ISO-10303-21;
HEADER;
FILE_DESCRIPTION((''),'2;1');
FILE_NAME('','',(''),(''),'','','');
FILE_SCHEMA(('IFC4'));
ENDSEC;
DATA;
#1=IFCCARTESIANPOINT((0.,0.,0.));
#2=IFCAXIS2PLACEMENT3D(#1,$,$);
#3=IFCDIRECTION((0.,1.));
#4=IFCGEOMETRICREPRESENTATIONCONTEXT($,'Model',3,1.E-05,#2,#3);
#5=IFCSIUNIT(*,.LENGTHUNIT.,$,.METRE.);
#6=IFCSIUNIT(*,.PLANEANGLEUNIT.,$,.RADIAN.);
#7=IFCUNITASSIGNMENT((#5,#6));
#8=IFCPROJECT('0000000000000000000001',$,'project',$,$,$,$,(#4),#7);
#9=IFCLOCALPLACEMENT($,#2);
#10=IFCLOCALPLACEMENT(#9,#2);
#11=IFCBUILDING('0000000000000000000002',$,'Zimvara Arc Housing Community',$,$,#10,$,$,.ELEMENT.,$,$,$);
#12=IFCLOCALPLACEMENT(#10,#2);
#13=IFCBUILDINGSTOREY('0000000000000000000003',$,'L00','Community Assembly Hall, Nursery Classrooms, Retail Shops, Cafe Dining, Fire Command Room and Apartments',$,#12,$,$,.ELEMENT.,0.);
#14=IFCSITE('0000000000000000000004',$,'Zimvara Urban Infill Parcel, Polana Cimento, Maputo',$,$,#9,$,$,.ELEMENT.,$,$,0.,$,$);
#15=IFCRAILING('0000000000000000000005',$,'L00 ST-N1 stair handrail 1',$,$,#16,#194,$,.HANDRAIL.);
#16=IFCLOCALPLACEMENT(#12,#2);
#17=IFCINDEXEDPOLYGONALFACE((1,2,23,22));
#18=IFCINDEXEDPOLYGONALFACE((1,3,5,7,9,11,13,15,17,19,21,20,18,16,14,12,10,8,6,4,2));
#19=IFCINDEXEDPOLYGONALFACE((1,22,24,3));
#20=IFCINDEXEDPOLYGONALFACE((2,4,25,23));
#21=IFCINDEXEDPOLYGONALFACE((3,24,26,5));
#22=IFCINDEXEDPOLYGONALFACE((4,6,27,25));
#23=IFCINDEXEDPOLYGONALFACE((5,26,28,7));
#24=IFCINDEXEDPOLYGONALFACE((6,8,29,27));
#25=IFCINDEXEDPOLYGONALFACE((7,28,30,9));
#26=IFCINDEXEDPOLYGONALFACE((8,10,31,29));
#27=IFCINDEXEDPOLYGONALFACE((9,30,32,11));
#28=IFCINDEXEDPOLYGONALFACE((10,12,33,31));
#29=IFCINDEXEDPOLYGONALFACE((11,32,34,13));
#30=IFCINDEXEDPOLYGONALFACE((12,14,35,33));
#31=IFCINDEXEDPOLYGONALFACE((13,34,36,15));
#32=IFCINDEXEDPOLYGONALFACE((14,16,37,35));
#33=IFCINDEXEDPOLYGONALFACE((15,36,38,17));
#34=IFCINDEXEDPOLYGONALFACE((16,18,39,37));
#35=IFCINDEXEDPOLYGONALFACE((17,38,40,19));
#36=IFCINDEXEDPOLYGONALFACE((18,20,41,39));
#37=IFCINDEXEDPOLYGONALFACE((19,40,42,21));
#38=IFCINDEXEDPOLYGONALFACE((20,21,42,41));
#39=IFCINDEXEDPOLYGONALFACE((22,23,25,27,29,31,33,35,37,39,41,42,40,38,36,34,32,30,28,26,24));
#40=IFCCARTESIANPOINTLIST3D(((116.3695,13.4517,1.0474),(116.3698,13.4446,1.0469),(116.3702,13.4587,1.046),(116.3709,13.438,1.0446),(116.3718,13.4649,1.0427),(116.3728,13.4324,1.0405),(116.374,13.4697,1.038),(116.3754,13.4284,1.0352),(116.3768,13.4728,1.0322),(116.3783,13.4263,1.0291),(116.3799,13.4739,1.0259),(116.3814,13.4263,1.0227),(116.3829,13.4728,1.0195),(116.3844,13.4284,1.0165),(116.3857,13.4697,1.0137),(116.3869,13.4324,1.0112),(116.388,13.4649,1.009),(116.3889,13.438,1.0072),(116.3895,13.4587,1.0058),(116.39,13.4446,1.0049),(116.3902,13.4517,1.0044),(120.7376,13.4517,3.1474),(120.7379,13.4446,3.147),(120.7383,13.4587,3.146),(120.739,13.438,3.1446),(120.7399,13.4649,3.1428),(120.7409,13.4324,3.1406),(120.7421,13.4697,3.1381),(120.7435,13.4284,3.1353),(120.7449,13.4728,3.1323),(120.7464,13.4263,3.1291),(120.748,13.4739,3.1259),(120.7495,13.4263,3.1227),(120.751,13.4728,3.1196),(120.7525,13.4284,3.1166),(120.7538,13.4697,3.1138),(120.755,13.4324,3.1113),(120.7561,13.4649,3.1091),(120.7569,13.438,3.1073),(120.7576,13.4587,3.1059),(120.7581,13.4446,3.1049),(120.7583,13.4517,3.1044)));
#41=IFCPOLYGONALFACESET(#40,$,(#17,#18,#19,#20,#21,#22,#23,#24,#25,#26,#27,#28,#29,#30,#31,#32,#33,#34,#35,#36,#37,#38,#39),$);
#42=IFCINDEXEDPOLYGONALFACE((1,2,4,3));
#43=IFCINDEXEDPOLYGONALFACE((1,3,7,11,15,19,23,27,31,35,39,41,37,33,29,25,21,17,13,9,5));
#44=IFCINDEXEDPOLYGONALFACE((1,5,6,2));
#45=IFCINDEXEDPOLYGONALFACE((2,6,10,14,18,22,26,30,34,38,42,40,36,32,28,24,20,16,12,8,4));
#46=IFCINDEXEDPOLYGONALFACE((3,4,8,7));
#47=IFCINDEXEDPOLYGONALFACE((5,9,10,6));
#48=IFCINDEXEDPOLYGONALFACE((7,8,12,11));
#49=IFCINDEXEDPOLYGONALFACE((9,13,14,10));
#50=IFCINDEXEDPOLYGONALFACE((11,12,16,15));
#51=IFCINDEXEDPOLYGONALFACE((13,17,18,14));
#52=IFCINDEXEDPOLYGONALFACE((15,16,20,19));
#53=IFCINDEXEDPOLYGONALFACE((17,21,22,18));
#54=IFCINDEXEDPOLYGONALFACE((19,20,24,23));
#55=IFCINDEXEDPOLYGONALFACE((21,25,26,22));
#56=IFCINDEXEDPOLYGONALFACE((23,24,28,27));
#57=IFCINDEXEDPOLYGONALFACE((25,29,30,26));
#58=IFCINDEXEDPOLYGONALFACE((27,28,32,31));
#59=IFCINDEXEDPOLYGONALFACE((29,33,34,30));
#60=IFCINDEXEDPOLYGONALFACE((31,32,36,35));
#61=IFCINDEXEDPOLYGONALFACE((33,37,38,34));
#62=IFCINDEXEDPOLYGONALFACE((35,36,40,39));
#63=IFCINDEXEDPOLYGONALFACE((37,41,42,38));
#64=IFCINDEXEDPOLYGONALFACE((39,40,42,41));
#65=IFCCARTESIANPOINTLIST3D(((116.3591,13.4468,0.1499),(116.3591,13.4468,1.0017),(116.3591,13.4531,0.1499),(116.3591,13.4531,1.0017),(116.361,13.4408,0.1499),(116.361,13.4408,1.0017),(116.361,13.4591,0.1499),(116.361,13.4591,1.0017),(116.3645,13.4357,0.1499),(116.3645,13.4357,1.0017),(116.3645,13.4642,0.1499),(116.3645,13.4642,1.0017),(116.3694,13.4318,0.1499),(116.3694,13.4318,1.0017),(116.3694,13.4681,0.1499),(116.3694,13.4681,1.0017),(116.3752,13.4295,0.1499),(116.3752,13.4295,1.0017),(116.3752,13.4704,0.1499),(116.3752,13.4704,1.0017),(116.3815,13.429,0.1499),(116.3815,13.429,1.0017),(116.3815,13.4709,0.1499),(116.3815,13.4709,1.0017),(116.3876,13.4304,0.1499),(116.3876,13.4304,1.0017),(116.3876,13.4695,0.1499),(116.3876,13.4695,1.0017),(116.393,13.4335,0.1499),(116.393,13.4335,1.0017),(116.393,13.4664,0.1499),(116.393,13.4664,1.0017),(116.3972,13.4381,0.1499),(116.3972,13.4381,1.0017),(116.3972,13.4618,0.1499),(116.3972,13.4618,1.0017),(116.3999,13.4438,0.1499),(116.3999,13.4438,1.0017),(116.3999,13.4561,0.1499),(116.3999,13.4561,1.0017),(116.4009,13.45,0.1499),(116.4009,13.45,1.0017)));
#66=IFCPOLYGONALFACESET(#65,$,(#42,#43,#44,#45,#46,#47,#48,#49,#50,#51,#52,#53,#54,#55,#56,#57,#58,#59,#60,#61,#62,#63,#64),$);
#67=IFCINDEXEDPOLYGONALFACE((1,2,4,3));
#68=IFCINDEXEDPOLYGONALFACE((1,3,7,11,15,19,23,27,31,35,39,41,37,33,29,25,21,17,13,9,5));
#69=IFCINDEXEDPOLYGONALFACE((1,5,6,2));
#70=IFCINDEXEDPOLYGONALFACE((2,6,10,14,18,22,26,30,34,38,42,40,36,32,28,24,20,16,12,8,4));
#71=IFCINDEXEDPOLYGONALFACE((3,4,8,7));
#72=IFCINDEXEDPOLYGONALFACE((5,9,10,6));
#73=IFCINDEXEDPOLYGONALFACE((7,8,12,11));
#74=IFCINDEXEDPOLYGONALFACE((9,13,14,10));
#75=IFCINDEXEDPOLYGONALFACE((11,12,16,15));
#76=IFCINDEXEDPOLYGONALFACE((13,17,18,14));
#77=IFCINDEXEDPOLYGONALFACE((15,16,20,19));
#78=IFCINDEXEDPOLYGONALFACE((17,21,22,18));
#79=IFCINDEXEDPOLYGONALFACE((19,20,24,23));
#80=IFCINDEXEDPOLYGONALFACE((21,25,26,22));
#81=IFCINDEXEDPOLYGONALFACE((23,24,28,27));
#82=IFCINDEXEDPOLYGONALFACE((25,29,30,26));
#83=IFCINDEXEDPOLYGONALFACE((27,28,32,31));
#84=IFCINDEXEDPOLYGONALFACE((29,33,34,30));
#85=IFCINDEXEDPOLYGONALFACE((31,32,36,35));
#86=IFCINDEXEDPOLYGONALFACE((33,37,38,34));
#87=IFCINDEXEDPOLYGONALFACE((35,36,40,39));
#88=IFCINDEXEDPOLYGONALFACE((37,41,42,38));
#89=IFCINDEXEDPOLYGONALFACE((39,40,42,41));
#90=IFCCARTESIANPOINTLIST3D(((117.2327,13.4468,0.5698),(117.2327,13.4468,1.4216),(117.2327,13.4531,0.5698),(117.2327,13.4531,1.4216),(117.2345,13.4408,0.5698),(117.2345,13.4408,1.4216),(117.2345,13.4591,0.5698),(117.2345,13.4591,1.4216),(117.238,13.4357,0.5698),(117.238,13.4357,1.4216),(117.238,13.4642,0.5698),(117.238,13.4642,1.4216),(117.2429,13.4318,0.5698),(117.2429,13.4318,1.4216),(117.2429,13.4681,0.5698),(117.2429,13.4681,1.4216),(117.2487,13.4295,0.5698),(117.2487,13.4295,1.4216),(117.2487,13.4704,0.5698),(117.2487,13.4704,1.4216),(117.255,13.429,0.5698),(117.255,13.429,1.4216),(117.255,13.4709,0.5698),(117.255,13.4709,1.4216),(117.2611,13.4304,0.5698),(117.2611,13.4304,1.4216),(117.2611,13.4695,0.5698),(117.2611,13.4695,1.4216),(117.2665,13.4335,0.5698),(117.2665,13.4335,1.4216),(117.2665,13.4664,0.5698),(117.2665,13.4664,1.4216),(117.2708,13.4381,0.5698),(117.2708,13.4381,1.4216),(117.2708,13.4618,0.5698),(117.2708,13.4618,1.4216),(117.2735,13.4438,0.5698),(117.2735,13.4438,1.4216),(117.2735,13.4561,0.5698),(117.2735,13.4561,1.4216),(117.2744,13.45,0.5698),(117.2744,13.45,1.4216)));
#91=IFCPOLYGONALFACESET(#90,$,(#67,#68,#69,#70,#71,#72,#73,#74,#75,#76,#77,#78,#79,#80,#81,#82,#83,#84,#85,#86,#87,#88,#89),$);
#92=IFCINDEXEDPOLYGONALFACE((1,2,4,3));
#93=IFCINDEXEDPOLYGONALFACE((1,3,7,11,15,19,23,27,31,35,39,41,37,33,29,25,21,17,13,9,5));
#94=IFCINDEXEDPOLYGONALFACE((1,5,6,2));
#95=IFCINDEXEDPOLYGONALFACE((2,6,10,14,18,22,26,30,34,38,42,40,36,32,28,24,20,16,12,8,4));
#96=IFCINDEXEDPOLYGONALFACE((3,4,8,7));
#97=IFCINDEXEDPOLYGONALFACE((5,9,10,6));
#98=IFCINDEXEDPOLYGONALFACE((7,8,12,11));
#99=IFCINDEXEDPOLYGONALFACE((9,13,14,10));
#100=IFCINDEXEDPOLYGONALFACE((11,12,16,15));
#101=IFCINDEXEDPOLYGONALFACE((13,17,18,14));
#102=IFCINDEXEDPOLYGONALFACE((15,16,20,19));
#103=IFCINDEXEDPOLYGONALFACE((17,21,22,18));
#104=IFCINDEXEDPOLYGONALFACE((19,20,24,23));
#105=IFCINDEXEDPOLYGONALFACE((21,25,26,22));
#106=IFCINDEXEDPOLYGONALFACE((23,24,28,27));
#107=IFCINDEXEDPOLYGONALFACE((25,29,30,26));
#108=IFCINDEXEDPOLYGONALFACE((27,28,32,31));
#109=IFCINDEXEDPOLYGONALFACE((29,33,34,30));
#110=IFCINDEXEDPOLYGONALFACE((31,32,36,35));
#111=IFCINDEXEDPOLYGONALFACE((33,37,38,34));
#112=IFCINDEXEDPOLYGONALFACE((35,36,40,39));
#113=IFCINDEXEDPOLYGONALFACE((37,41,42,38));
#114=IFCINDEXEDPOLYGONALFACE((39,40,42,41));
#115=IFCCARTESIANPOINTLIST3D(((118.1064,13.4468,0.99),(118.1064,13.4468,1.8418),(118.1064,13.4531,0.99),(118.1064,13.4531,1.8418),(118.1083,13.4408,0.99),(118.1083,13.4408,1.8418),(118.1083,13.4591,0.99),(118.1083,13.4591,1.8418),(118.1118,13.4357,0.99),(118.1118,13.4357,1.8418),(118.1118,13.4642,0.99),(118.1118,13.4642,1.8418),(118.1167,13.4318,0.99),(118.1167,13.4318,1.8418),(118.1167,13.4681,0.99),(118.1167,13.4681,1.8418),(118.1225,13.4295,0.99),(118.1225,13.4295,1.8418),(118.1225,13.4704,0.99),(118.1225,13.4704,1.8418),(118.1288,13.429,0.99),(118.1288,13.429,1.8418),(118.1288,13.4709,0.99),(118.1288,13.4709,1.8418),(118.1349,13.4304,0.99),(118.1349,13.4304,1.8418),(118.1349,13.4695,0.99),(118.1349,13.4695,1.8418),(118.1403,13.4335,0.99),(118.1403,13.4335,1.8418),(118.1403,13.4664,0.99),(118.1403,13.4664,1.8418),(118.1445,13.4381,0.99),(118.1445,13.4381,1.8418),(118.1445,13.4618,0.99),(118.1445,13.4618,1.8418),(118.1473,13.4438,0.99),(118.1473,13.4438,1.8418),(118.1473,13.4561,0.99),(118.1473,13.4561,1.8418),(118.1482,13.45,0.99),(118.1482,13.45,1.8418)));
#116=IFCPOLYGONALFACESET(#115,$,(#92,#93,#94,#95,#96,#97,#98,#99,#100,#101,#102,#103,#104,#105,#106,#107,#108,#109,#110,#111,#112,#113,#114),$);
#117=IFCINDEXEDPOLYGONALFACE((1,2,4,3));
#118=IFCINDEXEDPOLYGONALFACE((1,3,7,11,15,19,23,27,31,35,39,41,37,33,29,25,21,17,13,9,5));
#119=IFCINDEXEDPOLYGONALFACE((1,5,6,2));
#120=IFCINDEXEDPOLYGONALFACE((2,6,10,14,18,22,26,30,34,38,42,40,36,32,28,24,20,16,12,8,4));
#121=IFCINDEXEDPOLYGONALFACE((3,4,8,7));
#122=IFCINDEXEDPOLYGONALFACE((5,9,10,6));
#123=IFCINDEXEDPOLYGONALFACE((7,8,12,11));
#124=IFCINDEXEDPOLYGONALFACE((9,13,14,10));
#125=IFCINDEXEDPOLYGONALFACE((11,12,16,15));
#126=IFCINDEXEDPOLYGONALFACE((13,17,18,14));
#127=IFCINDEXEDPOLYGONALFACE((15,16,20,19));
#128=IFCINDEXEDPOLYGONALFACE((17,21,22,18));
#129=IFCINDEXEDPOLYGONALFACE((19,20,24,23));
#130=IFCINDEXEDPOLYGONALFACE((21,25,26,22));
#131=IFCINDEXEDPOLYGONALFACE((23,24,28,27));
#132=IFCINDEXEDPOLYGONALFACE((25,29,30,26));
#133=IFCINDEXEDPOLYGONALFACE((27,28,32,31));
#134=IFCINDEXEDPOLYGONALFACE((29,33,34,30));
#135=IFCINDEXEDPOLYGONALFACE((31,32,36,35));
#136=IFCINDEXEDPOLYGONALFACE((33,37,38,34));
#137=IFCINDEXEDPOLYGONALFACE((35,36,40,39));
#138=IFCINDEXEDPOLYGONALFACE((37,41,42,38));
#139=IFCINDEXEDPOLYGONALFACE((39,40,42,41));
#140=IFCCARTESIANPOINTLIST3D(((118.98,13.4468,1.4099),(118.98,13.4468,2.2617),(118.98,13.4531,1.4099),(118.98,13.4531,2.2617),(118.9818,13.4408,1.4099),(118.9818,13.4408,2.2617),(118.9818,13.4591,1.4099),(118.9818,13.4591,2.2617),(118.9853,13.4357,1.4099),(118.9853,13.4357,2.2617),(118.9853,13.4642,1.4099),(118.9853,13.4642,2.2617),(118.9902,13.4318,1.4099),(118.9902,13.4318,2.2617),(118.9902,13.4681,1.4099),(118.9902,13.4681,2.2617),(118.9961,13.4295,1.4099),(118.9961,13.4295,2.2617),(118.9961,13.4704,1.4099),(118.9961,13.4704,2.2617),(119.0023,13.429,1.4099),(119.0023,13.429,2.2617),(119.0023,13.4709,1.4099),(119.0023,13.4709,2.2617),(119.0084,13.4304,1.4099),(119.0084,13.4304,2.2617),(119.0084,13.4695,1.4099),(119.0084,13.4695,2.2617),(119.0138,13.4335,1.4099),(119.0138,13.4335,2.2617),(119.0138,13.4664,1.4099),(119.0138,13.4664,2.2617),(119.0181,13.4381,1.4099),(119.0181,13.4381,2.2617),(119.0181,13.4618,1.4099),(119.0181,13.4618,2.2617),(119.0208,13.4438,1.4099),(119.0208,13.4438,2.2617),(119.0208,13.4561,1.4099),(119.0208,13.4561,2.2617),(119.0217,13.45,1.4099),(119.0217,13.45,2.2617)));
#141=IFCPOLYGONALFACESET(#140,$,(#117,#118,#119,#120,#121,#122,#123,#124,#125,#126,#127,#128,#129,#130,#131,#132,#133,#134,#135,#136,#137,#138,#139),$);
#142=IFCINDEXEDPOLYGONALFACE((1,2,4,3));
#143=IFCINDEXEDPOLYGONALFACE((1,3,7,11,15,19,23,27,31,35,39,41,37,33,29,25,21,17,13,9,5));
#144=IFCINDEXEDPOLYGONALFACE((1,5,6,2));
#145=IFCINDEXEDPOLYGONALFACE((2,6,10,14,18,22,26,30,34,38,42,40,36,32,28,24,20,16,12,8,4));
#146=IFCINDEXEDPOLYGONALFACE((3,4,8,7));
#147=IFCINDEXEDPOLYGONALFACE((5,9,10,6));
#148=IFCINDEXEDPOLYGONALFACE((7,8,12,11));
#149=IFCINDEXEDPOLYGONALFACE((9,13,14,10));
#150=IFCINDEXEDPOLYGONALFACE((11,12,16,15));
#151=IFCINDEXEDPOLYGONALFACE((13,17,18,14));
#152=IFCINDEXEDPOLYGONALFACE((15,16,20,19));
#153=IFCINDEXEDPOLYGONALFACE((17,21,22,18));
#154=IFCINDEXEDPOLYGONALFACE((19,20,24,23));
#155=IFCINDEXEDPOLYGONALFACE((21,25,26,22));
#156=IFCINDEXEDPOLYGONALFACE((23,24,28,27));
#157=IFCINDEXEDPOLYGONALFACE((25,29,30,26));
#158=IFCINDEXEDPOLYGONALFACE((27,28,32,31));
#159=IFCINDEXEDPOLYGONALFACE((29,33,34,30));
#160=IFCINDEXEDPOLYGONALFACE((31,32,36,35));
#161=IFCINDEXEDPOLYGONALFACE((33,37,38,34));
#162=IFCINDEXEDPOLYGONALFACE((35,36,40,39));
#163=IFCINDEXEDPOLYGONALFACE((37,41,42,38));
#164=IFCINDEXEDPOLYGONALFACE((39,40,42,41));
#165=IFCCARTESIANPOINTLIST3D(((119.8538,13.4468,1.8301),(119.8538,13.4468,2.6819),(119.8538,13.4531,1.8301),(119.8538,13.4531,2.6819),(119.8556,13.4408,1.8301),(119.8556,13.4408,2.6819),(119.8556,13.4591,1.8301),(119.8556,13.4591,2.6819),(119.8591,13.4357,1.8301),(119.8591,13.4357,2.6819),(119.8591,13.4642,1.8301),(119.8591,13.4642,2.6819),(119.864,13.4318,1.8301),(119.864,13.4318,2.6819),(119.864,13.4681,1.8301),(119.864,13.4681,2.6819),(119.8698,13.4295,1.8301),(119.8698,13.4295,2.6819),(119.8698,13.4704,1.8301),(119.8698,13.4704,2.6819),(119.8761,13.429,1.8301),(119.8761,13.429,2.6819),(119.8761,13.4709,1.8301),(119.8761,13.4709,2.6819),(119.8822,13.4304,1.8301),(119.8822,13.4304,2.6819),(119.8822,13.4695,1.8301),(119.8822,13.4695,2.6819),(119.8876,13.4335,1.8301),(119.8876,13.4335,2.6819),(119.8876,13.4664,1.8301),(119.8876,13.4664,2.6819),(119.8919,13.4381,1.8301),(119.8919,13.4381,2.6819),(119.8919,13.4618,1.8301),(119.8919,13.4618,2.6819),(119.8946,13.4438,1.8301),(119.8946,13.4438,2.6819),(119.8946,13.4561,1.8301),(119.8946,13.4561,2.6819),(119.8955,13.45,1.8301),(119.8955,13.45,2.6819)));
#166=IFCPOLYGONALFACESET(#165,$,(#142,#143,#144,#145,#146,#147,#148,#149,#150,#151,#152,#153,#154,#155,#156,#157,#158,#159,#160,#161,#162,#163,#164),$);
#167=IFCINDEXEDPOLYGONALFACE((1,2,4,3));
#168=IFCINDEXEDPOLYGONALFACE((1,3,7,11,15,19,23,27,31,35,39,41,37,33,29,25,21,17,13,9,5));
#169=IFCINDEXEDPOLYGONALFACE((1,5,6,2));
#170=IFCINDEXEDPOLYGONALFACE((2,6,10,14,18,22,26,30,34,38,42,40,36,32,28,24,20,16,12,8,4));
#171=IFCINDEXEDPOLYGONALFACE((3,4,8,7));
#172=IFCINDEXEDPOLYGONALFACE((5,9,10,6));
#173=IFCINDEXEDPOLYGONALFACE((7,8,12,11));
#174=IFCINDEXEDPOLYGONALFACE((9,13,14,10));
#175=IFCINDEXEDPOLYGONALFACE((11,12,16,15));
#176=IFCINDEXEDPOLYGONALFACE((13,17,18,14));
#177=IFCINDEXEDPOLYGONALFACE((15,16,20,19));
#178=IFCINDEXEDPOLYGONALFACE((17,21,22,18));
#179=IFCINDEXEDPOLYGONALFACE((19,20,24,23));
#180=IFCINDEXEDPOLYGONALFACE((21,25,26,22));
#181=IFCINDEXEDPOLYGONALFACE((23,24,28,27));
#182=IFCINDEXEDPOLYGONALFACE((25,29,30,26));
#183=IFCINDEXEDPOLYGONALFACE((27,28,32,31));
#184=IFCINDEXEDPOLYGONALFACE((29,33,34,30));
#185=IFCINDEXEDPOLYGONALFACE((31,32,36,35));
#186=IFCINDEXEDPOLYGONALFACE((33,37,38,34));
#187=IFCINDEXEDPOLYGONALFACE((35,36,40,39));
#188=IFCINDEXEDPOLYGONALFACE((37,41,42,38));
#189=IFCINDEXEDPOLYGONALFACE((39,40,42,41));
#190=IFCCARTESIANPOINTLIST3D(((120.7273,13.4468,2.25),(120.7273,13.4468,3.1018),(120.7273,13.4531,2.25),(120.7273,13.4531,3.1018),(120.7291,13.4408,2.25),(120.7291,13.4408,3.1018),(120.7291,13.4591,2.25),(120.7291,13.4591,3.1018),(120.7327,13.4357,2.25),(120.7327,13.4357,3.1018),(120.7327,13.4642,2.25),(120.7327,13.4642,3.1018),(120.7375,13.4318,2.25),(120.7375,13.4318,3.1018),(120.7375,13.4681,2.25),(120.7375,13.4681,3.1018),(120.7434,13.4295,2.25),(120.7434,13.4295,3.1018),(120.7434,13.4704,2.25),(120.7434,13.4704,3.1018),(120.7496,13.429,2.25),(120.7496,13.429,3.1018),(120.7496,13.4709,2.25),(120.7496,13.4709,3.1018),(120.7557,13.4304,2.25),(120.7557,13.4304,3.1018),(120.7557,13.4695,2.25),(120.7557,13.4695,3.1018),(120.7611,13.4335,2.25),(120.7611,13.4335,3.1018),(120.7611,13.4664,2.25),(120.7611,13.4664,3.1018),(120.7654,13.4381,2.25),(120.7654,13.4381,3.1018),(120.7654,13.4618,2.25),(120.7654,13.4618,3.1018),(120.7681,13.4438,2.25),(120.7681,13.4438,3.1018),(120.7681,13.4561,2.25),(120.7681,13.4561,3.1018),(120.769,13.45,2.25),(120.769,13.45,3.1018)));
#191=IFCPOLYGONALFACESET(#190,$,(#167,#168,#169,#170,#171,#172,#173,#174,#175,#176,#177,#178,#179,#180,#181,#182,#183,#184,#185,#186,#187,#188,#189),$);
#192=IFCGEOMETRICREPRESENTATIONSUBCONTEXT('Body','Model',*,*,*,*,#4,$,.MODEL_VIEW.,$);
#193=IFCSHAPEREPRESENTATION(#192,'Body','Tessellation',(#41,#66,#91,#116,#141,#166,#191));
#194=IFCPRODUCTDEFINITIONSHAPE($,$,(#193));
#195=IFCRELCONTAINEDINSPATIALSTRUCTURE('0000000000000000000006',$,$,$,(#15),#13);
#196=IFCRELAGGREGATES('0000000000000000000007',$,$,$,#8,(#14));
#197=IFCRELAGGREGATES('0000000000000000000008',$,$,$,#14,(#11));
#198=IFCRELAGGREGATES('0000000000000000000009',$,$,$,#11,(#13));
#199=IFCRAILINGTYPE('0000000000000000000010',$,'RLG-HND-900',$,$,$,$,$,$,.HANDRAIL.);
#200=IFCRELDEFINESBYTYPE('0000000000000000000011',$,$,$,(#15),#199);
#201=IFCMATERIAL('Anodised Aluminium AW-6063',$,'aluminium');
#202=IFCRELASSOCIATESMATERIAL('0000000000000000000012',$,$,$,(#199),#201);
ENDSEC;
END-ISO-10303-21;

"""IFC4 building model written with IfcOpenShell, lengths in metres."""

from ifc_helpers import new_model, si_unit, direction, frame, origin, origin_2d, place, context, subcontext, project, spatial, circle, extrude, material, type_object, element, save


model = new_model("IFC4")

# Units and contexts
model_context = context("Model", 3, precision=1e-05, world=origin(), true_north=direction((0.0, 1.0)))
body_context = subcontext(model_context, "Body", "Model", "MODEL_VIEW")
ifc_project = project(units=[si_unit("LENGTHUNIT", "METRE"), si_unit("PLANEANGLEUNIT", "RADIAN")], contexts=[model_context])

# Site, building, storey
site_placement = place(None, origin())
site = spatial("IfcSite", under=ifc_project, at=site_placement, Name="Zimvara Urban Infill Parcel, Polana Cimento, Maputo", CompositionType="ELEMENT", RefElevation=0.0)
building_placement = place(site_placement, origin())
building = spatial("IfcBuilding", under=site, at=building_placement, Name="Zimvara Arc Housing Community", CompositionType="ELEMENT")
storey_placement = place(building_placement, origin())
storey = spatial("IfcBuildingStorey", under=building, at=storey_placement, Name="L00", Description="Community Assembly Hall, Nursery Classrooms, Retail Shops, Cafe Dining, Fire Command Room and Apartments", CompositionType="ELEMENT", Elevation=0.0)

# Railing
ifc_material_1 = material(Name="Anodised Aluminium AW-6063", Category="aluminium")
railing_type_1 = type_object("IfcRailingType", Name="RLG-HND-900", PredefinedType="HANDRAIL", material=ifc_material_1)
railing_1_placement = place(storey_placement, frame((116.3799, 13.45, 0.1499)))
element("IfcRailing", 1, at=railing_1_placement, inside=storey, type_object=railing_type_1, Name="L00 ST-N1 stair handrail 1", PredefinedType="HANDRAIL", context=body_context, shape_type="SweptSolid", body=[
    extrude(circle(Radius=0.0239, at=origin_2d()), frame((0.0, 0.0, 0.876), z_axis=(0.901251, 0.0, 0.433298), x_axis=(0.0, 1.0, 0.0)), (0.0, 0.0, 1.0), 4.8467),
    extrude(circle(Radius=0.021, at=origin_2d()), origin(), (0.0, 0.0, 1.0), 0.8518),
    extrude(circle(Radius=0.021, at=origin_2d()), frame((0.8735, 0.0, 0.4199)), (0.0, 0.0, 1.0), 0.8518),
    extrude(circle(Radius=0.021, at=origin_2d()), frame((1.7473, 0.0, 0.8401)), (0.0, 0.0, 1.0), 0.8518),
    extrude(circle(Radius=0.021, at=origin_2d()), frame((2.6208, 0.0, 1.26)), (0.0, 0.0, 1.0), 0.8518),
    extrude(circle(Radius=0.021, at=origin_2d()), frame((3.4946, 0.0, 1.6802)), (0.0, 0.0, 1.0), 0.8518),
    extrude(circle(Radius=0.021, at=origin_2d()), frame((4.3682, 0.0, 2.1001)), (0.0, 0.0, 1.0), 0.8518),
])

save(model, "model.ifc")
